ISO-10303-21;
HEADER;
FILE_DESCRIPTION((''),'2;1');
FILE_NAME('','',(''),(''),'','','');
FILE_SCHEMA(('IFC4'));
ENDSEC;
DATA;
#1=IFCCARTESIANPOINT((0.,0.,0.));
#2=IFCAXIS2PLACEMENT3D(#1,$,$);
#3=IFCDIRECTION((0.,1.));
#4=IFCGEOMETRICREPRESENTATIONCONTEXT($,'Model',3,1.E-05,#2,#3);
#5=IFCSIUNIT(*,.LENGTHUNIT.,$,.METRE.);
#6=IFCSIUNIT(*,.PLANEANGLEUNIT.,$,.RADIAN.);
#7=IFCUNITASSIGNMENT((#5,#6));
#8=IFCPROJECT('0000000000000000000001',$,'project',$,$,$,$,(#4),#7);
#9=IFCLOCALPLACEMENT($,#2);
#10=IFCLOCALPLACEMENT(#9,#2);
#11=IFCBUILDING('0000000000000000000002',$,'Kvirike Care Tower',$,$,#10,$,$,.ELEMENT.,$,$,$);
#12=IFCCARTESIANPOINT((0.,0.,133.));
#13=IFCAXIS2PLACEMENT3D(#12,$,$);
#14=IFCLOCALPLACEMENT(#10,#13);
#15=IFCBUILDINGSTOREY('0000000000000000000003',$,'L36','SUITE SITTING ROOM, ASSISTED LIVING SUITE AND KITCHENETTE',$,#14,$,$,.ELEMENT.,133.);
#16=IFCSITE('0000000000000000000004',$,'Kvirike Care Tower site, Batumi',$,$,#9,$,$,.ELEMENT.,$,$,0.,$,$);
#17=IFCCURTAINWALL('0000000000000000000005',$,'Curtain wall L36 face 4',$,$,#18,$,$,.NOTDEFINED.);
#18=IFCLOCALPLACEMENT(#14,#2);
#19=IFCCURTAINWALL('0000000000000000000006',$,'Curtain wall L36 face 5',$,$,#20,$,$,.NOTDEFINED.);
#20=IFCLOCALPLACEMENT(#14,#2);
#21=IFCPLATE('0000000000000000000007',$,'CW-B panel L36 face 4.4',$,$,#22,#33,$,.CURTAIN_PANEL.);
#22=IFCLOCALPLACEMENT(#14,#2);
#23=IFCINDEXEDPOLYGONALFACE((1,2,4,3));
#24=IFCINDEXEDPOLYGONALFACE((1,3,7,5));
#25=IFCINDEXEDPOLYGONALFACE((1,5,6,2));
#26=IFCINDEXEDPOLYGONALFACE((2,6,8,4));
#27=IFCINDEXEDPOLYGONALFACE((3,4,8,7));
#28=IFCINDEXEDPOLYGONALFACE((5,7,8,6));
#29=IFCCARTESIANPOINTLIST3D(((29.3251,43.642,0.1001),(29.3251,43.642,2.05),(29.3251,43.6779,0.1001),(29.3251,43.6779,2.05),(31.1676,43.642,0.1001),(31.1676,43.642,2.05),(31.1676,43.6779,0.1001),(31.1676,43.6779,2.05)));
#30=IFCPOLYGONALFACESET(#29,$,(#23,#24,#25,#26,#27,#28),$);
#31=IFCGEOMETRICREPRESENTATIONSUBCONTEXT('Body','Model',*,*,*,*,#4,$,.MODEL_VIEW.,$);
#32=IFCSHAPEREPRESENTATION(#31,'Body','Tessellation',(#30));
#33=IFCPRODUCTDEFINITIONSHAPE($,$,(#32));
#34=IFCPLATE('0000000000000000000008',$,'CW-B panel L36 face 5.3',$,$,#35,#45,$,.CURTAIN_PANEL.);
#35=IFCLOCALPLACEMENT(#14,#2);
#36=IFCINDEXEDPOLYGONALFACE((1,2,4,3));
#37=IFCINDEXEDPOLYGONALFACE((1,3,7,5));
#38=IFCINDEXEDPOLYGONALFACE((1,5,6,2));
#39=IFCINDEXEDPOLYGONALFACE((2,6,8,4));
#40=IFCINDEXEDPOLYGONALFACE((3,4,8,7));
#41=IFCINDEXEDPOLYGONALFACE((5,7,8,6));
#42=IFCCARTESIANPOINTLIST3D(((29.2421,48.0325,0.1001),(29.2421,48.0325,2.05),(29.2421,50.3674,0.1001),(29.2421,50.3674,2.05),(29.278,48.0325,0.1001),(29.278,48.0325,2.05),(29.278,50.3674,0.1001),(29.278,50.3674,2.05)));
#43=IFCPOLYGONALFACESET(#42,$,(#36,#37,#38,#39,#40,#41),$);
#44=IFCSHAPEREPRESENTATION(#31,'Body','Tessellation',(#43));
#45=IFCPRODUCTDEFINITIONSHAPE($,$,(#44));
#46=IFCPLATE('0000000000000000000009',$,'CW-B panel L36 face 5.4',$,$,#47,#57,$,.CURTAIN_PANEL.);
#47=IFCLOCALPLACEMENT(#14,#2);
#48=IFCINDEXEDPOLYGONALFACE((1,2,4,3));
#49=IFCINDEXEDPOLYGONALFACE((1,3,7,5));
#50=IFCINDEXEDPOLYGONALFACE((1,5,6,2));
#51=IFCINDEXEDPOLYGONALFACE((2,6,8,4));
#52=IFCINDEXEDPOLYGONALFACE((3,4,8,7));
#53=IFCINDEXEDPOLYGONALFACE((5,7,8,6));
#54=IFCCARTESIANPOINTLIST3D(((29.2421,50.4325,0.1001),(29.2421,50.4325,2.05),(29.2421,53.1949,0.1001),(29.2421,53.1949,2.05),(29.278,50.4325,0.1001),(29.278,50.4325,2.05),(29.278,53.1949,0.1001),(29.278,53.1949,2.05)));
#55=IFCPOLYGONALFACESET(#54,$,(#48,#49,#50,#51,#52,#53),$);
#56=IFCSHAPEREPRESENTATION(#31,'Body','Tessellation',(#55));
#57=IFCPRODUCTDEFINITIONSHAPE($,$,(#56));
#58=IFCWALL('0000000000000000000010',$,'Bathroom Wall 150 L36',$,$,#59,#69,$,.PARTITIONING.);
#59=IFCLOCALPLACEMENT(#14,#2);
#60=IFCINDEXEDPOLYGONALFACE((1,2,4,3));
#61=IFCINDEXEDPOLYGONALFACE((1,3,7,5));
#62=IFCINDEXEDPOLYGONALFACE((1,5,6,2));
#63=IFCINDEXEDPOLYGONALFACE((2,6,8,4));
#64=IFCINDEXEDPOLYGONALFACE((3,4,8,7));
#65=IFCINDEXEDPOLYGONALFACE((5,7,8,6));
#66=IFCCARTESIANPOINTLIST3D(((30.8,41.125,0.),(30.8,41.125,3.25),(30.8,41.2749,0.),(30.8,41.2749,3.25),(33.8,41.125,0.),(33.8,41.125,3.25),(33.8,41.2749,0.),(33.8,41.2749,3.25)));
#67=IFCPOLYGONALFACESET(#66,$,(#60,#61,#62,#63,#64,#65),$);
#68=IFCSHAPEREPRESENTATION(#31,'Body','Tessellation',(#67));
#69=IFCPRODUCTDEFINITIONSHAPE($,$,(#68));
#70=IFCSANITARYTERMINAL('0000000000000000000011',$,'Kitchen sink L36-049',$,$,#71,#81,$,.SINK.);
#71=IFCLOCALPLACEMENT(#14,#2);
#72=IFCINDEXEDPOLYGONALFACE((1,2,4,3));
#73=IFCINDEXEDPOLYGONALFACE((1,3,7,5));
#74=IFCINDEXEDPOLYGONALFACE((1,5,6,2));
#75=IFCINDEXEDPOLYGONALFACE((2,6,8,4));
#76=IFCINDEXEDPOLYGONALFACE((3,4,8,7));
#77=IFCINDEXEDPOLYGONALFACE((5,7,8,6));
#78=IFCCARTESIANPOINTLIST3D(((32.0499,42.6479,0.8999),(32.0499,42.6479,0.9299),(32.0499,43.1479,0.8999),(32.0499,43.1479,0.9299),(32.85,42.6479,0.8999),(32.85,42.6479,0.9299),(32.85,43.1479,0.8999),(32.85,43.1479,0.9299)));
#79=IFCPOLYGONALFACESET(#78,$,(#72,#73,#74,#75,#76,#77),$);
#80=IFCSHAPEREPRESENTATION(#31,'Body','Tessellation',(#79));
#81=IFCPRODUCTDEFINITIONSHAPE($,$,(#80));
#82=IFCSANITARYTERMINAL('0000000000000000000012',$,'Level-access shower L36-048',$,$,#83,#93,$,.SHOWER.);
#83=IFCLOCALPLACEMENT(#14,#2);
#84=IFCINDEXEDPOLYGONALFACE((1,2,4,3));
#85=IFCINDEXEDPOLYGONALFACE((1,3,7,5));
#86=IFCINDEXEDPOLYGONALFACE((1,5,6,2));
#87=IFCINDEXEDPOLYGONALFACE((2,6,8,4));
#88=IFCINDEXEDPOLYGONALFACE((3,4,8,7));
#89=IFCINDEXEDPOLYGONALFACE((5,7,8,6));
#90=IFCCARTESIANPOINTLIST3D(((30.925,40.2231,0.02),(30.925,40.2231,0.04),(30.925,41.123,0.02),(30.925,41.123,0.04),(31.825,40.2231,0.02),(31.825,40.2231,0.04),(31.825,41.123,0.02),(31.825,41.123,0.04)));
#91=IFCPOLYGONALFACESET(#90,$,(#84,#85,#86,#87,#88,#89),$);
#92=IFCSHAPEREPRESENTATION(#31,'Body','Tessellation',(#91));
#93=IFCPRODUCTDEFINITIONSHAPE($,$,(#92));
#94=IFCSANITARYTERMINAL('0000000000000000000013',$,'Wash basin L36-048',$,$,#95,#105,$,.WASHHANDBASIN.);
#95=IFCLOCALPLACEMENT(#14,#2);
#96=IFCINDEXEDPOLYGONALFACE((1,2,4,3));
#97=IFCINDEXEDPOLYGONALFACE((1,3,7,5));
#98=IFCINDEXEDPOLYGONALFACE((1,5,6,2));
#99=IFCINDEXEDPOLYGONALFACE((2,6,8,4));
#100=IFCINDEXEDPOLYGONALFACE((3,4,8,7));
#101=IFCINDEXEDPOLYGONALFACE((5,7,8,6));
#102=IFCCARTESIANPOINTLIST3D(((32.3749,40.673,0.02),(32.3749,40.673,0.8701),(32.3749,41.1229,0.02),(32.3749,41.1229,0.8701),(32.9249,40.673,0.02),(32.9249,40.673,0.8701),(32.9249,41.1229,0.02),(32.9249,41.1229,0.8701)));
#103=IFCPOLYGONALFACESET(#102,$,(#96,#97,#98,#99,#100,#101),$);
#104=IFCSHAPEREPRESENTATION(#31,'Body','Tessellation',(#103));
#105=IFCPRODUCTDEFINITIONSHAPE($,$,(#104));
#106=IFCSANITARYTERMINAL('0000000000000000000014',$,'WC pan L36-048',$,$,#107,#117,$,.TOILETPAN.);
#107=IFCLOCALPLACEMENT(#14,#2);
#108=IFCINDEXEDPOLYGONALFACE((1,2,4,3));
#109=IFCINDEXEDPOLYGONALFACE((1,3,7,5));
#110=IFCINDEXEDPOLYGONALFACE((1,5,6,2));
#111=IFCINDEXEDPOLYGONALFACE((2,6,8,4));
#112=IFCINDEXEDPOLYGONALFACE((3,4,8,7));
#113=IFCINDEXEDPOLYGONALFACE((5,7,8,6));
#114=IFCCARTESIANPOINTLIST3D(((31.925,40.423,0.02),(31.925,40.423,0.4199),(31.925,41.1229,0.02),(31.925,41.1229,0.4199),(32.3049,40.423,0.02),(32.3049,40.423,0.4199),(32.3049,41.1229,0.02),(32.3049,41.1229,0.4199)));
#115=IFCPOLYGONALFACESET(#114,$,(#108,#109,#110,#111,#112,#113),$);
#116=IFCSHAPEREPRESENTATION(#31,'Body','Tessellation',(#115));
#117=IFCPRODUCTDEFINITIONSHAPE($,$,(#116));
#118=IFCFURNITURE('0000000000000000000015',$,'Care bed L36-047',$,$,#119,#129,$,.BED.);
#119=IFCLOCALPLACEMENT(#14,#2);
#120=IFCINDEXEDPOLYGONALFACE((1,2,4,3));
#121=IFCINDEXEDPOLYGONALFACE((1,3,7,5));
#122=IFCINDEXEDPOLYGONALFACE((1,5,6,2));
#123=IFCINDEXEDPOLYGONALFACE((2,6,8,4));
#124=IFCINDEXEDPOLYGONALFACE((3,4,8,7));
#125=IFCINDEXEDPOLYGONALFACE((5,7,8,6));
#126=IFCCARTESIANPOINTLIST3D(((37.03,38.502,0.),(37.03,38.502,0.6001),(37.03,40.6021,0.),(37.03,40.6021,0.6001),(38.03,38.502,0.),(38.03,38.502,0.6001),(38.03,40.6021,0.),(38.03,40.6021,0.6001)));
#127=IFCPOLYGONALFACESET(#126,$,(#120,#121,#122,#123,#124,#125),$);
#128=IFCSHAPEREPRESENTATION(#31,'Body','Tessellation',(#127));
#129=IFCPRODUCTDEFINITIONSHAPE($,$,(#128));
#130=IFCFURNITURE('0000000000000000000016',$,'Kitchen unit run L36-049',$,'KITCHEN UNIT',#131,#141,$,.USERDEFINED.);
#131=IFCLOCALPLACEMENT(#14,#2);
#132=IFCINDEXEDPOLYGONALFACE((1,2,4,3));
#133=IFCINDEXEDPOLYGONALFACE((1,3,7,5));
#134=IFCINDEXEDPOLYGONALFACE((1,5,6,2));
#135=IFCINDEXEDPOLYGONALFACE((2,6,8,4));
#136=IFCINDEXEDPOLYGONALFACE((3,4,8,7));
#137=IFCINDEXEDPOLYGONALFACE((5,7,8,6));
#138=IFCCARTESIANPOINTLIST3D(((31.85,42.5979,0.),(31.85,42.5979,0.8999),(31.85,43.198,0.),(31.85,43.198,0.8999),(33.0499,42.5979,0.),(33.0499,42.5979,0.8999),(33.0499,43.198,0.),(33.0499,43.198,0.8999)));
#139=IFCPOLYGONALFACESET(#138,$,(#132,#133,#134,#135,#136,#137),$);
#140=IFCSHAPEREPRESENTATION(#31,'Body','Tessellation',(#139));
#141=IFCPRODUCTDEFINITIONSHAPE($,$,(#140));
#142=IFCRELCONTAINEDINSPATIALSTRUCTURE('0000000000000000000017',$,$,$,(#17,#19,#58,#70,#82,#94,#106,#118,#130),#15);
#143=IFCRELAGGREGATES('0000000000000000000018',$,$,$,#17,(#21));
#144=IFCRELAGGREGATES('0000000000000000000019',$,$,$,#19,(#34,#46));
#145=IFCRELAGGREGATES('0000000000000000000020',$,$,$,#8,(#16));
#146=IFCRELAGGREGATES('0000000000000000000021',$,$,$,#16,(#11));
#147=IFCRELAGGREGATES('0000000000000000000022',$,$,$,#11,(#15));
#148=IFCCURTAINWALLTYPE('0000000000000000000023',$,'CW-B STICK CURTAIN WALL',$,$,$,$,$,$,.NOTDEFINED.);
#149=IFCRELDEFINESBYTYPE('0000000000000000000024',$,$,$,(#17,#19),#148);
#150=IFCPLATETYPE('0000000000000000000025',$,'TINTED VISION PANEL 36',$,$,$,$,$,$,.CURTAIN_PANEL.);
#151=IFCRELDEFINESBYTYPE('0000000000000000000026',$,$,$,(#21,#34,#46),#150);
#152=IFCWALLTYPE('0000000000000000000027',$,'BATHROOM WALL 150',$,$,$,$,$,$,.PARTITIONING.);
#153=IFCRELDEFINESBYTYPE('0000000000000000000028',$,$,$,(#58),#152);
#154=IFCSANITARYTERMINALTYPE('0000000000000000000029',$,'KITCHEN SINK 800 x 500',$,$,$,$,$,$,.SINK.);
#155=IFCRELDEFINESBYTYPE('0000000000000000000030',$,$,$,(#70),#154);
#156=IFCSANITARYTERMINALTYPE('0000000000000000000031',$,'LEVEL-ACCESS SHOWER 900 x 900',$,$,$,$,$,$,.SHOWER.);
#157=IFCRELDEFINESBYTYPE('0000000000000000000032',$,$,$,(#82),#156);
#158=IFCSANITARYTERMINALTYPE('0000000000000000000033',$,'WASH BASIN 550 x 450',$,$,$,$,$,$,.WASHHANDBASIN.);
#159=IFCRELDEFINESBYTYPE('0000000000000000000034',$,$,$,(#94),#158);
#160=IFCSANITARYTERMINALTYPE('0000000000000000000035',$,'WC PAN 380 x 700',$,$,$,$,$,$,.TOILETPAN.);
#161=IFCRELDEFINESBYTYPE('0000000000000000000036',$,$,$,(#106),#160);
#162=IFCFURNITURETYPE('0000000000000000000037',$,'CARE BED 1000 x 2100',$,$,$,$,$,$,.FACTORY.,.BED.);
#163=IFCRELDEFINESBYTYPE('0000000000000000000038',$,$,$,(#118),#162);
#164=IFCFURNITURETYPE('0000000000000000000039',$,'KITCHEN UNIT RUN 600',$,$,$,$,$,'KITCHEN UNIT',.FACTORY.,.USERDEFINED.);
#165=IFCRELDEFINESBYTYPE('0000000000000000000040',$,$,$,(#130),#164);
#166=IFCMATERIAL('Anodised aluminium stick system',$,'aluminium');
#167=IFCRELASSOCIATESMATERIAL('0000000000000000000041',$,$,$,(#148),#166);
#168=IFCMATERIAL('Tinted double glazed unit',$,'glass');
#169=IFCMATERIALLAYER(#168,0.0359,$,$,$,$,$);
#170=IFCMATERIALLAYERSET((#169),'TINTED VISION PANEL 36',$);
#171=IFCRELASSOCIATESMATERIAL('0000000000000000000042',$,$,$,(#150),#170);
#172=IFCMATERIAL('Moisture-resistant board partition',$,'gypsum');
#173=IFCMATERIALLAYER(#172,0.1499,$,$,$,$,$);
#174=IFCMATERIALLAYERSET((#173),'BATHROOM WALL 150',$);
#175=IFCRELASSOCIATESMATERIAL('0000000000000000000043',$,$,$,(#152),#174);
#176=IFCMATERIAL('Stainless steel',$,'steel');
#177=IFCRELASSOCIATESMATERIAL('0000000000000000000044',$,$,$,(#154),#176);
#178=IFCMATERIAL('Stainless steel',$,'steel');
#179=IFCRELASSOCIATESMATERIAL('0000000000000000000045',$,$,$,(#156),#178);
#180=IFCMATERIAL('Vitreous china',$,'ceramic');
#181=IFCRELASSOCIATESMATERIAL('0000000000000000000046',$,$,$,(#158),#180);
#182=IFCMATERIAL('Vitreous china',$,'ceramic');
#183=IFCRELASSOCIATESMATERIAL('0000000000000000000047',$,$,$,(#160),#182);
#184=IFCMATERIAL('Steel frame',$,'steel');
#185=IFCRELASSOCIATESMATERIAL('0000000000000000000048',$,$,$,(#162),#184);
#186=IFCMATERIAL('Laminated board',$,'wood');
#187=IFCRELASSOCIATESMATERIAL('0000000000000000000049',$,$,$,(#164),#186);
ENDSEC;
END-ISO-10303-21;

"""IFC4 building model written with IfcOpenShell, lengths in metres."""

from ifc_helpers import new_model, si_unit, direction, frame, frame_2d, origin, origin_2d, place, context, subcontext, project, spatial, rectangle, extrude, material, layer, layer_set, type_object, element, aggregate, save


model = new_model("IFC4")

# Units and contexts
model_context = context("Model", 3, precision=1e-05, world=origin(), true_north=direction((0.0, 1.0)))
body_context = subcontext(model_context, "Body", "Model", "MODEL_VIEW")
ifc_project = project(units=[si_unit("LENGTHUNIT", "METRE"), si_unit("PLANEANGLEUNIT", "RADIAN")], contexts=[model_context])

# Site, building, storey
site_placement = place(None, origin())
site = spatial("IfcSite", under=ifc_project, at=site_placement, Name="Kvirike Care Tower site, Batumi", CompositionType="ELEMENT", RefElevation=0.0)
building_placement = place(site_placement, origin())
building = spatial("IfcBuilding", under=site, at=building_placement, Name="Kvirike Care Tower", CompositionType="ELEMENT")
storey_placement = place(building_placement, frame((0.0, 0.0, 133.0)))
storey = spatial("IfcBuildingStorey", under=building, at=storey_placement, Name="L36", Description="SUITE SITTING ROOM, ASSISTED LIVING SUITE AND KITCHENETTE", CompositionType="ELEMENT", Elevation=133.0)

# Curtain walls
ifc_material_1 = material(Name="Anodised aluminium stick system", Category="aluminium")
curtain_wall_type = type_object("IfcCurtainWallType", Name="CW-B STICK CURTAIN WALL", PredefinedType="NOTDEFINED", material=ifc_material_1)
curtain_wall_1_placement = place(storey_placement, origin())
curtain_wall_1 = element("IfcCurtainWall", 1, at=curtain_wall_1_placement, inside=storey, type_object=curtain_wall_type, Name="Curtain wall L36 face 4", PredefinedType="NOTDEFINED")
curtain_wall_2_placement = place(storey_placement, origin())
curtain_wall_2 = element("IfcCurtainWall", 2, at=curtain_wall_2_placement, inside=storey, type_object=curtain_wall_type, Name="Curtain wall L36 face 5", PredefinedType="NOTDEFINED")

# Plates
ifc_material_2 = material(Name="Tinted double glazed unit", Category="glass")
ifc_layer_1 = layer(ifc_material_2, 0.0359)
ifc_layer_set_1 = layer_set([ifc_layer_1], Name="TINTED VISION PANEL 36")
plate_type = type_object("IfcPlateType", Name="TINTED VISION PANEL 36", PredefinedType="CURTAIN_PANEL", material=ifc_layer_set_1)
plate_1_placement = place(storey_placement, frame((30.2463, 43.6599, 0.1001), z_axis=(0.0, 0.0, 1.0), x_axis=(-1.0, 0.0, 0.0)))
plate_1 = element("IfcPlate", 3, at=plate_1_placement, type_object=plate_type, Name="CW-B panel L36 face 4.4", PredefinedType="CURTAIN_PANEL", context=body_context, shape_type="SweptSolid", body=[
    extrude(rectangle(XDim=1.8425, YDim=0.0359, at=origin_2d()), origin(), (0.0, 0.0, 1.0), 1.95),
])
aggregate(curtain_wall_1, [plate_1])
plate_2_placement = place(storey_placement, frame((29.26, 49.2, 0.1001), z_axis=(0.0, 0.0, 1.0), x_axis=(0.0, 1.0, 0.0)))
plate_2 = element("IfcPlate", 4, at=plate_2_placement, type_object=plate_type, Name="CW-B panel L36 face 5.3", PredefinedType="CURTAIN_PANEL", context=body_context, shape_type="SweptSolid", body=[
    extrude(rectangle(XDim=2.335, YDim=0.0359, at=origin_2d()), origin(), (0.0, 0.0, 1.0), 1.95),
])
plate_3_placement = place(storey_placement, frame((29.26, 51.8137, 0.1001), z_axis=(0.0, 0.0, 1.0), x_axis=(0.0, 1.0, 0.0)))
plate_3 = element("IfcPlate", 5, at=plate_3_placement, type_object=plate_type, Name="CW-B panel L36 face 5.4", PredefinedType="CURTAIN_PANEL", context=body_context, shape_type="SweptSolid", body=[
    extrude(rectangle(XDim=2.7625, YDim=0.0359, at=origin_2d()), origin(), (0.0, 0.0, 1.0), 1.95),
])
aggregate(curtain_wall_2, [plate_2, plate_3])

# Wall
ifc_material_3 = material(Name="Moisture-resistant board partition", Category="gypsum")
ifc_layer_2 = layer(ifc_material_3, 0.1499)
ifc_layer_set_2 = layer_set([ifc_layer_2], Name="BATHROOM WALL 150")
wall_type = type_object("IfcWallType", Name="BATHROOM WALL 150", PredefinedType="PARTITIONING", material=ifc_layer_set_2)
wall_placement = place(storey_placement, frame((33.8, 41.2, 0.0), z_axis=(0.0, 0.0, 1.0), x_axis=(-1.0, 0.0, 0.0)))
element("IfcWall", 6, at=wall_placement, inside=storey, type_object=wall_type, Name="Bathroom Wall 150 L36", PredefinedType="PARTITIONING", context=body_context, shape_type="SweptSolid", body=[
    extrude(rectangle(XDim=3.0, YDim=0.1499, at=frame_2d((1.5, 0.0))), origin(), (0.0, 0.0, 1.0), 3.25),
])

# Sanitary terminals
ifc_material_4 = material(Name="Stainless steel", Category="steel")
sanitary_terminal_type_1 = type_object("IfcSanitaryTerminalType", Name="KITCHEN SINK 800 x 500", PredefinedType="SINK", material=ifc_material_4)
sanitary_terminal_1_placement = place(storey_placement, frame((32.45, 42.8979, 0.8999), z_axis=(0.0, 0.0, 1.0), x_axis=(1.0, 0.0, 0.0)))
element("IfcSanitaryTerminal", 7, at=sanitary_terminal_1_placement, inside=storey, type_object=sanitary_terminal_type_1, Name="Kitchen sink L36-049", PredefinedType="SINK", context=body_context, shape_type="SweptSolid", body=[
    extrude(rectangle(XDim=0.8, YDim=0.5, at=origin_2d()), origin(), (0.0, 0.0, 1.0), 0.03),
])
ifc_material_5 = material(Name="Stainless steel", Category="steel")
sanitary_terminal_type_2 = type_object("IfcSanitaryTerminalType", Name="LEVEL-ACCESS SHOWER 900 x 900", PredefinedType="SHOWER", material=ifc_material_5)
sanitary_terminal_2_placement = place(storey_placement, frame((31.375, 40.6731, 0.02), z_axis=(0.0, 0.0, 1.0), x_axis=(1.0, 0.0, 0.0)))
element("IfcSanitaryTerminal", 8, at=sanitary_terminal_2_placement, inside=storey, type_object=sanitary_terminal_type_2, Name="Level-access shower L36-048", PredefinedType="SHOWER", context=body_context, shape_type="SweptSolid", body=[
    extrude(rectangle(XDim=0.8999, YDim=0.8999, at=origin_2d()), origin(), (0.0, 0.0, 1.0), 0.02),
])
ifc_material_6 = material(Name="Vitreous china", Category="ceramic")
sanitary_terminal_type_3 = type_object("IfcSanitaryTerminalType", Name="WASH BASIN 550 x 450", PredefinedType="WASHHANDBASIN", material=ifc_material_6)
sanitary_terminal_3_placement = place(storey_placement, frame((32.6499, 40.8979, 0.02), z_axis=(0.0, 0.0, 1.0), x_axis=(1.0, 0.0, 0.0)))
element("IfcSanitaryTerminal", 9, at=sanitary_terminal_3_placement, inside=storey, type_object=sanitary_terminal_type_3, Name="Wash basin L36-048", PredefinedType="WASHHANDBASIN", context=body_context, shape_type="SweptSolid", body=[
    extrude(rectangle(XDim=0.55, YDim=0.45, at=origin_2d()), origin(), (0.0, 0.0, 1.0), 0.8501),
])
ifc_material_7 = material(Name="Vitreous china", Category="ceramic")
sanitary_terminal_type_4 = type_object("IfcSanitaryTerminalType", Name="WC PAN 380 x 700", PredefinedType="TOILETPAN", material=ifc_material_7)
sanitary_terminal_4_placement = place(storey_placement, frame((32.115, 40.7729, 0.02), z_axis=(0.0, 0.0, 1.0), x_axis=(1.0, 0.0, 0.0)))
element("IfcSanitaryTerminal", 10, at=sanitary_terminal_4_placement, inside=storey, type_object=sanitary_terminal_type_4, Name="WC pan L36-048", PredefinedType="TOILETPAN", context=body_context, shape_type="SweptSolid", body=[
    extrude(rectangle(XDim=0.3799, YDim=0.7, at=origin_2d()), origin(), (0.0, 0.0, 1.0), 0.3999),
])

# Furniture
ifc_material_8 = material(Name="Steel frame", Category="steel")
furniture_type_1 = type_object("IfcFurnitureType", Name="CARE BED 1000 x 2100", AssemblyPlace="FACTORY", PredefinedType="BED", material=ifc_material_8)
furniture_1_placement = place(storey_placement, frame((37.53, 39.552, 0.0), z_axis=(0.0, 0.0, 1.0), x_axis=(-1.0, 0.0, 0.0)))
element("IfcFurniture", 11, at=furniture_1_placement, inside=storey, type_object=furniture_type_1, Name="Care bed L36-047", PredefinedType="BED", context=body_context, shape_type="SweptSolid", body=[
    extrude(rectangle(XDim=1.0, YDim=2.1001, at=origin_2d()), origin(), (0.0, 0.0, 1.0), 0.6001),
])
ifc_material_9 = material(Name="Laminated board", Category="wood")
furniture_type_2 = type_object("IfcFurnitureType", Name="KITCHEN UNIT RUN 600", ElementType="KITCHEN UNIT", AssemblyPlace="FACTORY", PredefinedType="USERDEFINED", material=ifc_material_9)
furniture_2_placement = place(storey_placement, frame((32.45, 42.8979, 0.0), z_axis=(0.0, 0.0, 1.0), x_axis=(1.0, 0.0, 0.0)))
element("IfcFurniture", 12, at=furniture_2_placement, inside=storey, type_object=furniture_type_2, Name="Kitchen unit run L36-049", ObjectType="KITCHEN UNIT", PredefinedType="USERDEFINED", context=body_context, shape_type="SweptSolid", body=[
    extrude(rectangle(XDim=1.2, YDim=0.6001, at=origin_2d()), origin(), (0.0, 0.0, 1.0), 0.8999),
])

save(model, "model.ifc")
